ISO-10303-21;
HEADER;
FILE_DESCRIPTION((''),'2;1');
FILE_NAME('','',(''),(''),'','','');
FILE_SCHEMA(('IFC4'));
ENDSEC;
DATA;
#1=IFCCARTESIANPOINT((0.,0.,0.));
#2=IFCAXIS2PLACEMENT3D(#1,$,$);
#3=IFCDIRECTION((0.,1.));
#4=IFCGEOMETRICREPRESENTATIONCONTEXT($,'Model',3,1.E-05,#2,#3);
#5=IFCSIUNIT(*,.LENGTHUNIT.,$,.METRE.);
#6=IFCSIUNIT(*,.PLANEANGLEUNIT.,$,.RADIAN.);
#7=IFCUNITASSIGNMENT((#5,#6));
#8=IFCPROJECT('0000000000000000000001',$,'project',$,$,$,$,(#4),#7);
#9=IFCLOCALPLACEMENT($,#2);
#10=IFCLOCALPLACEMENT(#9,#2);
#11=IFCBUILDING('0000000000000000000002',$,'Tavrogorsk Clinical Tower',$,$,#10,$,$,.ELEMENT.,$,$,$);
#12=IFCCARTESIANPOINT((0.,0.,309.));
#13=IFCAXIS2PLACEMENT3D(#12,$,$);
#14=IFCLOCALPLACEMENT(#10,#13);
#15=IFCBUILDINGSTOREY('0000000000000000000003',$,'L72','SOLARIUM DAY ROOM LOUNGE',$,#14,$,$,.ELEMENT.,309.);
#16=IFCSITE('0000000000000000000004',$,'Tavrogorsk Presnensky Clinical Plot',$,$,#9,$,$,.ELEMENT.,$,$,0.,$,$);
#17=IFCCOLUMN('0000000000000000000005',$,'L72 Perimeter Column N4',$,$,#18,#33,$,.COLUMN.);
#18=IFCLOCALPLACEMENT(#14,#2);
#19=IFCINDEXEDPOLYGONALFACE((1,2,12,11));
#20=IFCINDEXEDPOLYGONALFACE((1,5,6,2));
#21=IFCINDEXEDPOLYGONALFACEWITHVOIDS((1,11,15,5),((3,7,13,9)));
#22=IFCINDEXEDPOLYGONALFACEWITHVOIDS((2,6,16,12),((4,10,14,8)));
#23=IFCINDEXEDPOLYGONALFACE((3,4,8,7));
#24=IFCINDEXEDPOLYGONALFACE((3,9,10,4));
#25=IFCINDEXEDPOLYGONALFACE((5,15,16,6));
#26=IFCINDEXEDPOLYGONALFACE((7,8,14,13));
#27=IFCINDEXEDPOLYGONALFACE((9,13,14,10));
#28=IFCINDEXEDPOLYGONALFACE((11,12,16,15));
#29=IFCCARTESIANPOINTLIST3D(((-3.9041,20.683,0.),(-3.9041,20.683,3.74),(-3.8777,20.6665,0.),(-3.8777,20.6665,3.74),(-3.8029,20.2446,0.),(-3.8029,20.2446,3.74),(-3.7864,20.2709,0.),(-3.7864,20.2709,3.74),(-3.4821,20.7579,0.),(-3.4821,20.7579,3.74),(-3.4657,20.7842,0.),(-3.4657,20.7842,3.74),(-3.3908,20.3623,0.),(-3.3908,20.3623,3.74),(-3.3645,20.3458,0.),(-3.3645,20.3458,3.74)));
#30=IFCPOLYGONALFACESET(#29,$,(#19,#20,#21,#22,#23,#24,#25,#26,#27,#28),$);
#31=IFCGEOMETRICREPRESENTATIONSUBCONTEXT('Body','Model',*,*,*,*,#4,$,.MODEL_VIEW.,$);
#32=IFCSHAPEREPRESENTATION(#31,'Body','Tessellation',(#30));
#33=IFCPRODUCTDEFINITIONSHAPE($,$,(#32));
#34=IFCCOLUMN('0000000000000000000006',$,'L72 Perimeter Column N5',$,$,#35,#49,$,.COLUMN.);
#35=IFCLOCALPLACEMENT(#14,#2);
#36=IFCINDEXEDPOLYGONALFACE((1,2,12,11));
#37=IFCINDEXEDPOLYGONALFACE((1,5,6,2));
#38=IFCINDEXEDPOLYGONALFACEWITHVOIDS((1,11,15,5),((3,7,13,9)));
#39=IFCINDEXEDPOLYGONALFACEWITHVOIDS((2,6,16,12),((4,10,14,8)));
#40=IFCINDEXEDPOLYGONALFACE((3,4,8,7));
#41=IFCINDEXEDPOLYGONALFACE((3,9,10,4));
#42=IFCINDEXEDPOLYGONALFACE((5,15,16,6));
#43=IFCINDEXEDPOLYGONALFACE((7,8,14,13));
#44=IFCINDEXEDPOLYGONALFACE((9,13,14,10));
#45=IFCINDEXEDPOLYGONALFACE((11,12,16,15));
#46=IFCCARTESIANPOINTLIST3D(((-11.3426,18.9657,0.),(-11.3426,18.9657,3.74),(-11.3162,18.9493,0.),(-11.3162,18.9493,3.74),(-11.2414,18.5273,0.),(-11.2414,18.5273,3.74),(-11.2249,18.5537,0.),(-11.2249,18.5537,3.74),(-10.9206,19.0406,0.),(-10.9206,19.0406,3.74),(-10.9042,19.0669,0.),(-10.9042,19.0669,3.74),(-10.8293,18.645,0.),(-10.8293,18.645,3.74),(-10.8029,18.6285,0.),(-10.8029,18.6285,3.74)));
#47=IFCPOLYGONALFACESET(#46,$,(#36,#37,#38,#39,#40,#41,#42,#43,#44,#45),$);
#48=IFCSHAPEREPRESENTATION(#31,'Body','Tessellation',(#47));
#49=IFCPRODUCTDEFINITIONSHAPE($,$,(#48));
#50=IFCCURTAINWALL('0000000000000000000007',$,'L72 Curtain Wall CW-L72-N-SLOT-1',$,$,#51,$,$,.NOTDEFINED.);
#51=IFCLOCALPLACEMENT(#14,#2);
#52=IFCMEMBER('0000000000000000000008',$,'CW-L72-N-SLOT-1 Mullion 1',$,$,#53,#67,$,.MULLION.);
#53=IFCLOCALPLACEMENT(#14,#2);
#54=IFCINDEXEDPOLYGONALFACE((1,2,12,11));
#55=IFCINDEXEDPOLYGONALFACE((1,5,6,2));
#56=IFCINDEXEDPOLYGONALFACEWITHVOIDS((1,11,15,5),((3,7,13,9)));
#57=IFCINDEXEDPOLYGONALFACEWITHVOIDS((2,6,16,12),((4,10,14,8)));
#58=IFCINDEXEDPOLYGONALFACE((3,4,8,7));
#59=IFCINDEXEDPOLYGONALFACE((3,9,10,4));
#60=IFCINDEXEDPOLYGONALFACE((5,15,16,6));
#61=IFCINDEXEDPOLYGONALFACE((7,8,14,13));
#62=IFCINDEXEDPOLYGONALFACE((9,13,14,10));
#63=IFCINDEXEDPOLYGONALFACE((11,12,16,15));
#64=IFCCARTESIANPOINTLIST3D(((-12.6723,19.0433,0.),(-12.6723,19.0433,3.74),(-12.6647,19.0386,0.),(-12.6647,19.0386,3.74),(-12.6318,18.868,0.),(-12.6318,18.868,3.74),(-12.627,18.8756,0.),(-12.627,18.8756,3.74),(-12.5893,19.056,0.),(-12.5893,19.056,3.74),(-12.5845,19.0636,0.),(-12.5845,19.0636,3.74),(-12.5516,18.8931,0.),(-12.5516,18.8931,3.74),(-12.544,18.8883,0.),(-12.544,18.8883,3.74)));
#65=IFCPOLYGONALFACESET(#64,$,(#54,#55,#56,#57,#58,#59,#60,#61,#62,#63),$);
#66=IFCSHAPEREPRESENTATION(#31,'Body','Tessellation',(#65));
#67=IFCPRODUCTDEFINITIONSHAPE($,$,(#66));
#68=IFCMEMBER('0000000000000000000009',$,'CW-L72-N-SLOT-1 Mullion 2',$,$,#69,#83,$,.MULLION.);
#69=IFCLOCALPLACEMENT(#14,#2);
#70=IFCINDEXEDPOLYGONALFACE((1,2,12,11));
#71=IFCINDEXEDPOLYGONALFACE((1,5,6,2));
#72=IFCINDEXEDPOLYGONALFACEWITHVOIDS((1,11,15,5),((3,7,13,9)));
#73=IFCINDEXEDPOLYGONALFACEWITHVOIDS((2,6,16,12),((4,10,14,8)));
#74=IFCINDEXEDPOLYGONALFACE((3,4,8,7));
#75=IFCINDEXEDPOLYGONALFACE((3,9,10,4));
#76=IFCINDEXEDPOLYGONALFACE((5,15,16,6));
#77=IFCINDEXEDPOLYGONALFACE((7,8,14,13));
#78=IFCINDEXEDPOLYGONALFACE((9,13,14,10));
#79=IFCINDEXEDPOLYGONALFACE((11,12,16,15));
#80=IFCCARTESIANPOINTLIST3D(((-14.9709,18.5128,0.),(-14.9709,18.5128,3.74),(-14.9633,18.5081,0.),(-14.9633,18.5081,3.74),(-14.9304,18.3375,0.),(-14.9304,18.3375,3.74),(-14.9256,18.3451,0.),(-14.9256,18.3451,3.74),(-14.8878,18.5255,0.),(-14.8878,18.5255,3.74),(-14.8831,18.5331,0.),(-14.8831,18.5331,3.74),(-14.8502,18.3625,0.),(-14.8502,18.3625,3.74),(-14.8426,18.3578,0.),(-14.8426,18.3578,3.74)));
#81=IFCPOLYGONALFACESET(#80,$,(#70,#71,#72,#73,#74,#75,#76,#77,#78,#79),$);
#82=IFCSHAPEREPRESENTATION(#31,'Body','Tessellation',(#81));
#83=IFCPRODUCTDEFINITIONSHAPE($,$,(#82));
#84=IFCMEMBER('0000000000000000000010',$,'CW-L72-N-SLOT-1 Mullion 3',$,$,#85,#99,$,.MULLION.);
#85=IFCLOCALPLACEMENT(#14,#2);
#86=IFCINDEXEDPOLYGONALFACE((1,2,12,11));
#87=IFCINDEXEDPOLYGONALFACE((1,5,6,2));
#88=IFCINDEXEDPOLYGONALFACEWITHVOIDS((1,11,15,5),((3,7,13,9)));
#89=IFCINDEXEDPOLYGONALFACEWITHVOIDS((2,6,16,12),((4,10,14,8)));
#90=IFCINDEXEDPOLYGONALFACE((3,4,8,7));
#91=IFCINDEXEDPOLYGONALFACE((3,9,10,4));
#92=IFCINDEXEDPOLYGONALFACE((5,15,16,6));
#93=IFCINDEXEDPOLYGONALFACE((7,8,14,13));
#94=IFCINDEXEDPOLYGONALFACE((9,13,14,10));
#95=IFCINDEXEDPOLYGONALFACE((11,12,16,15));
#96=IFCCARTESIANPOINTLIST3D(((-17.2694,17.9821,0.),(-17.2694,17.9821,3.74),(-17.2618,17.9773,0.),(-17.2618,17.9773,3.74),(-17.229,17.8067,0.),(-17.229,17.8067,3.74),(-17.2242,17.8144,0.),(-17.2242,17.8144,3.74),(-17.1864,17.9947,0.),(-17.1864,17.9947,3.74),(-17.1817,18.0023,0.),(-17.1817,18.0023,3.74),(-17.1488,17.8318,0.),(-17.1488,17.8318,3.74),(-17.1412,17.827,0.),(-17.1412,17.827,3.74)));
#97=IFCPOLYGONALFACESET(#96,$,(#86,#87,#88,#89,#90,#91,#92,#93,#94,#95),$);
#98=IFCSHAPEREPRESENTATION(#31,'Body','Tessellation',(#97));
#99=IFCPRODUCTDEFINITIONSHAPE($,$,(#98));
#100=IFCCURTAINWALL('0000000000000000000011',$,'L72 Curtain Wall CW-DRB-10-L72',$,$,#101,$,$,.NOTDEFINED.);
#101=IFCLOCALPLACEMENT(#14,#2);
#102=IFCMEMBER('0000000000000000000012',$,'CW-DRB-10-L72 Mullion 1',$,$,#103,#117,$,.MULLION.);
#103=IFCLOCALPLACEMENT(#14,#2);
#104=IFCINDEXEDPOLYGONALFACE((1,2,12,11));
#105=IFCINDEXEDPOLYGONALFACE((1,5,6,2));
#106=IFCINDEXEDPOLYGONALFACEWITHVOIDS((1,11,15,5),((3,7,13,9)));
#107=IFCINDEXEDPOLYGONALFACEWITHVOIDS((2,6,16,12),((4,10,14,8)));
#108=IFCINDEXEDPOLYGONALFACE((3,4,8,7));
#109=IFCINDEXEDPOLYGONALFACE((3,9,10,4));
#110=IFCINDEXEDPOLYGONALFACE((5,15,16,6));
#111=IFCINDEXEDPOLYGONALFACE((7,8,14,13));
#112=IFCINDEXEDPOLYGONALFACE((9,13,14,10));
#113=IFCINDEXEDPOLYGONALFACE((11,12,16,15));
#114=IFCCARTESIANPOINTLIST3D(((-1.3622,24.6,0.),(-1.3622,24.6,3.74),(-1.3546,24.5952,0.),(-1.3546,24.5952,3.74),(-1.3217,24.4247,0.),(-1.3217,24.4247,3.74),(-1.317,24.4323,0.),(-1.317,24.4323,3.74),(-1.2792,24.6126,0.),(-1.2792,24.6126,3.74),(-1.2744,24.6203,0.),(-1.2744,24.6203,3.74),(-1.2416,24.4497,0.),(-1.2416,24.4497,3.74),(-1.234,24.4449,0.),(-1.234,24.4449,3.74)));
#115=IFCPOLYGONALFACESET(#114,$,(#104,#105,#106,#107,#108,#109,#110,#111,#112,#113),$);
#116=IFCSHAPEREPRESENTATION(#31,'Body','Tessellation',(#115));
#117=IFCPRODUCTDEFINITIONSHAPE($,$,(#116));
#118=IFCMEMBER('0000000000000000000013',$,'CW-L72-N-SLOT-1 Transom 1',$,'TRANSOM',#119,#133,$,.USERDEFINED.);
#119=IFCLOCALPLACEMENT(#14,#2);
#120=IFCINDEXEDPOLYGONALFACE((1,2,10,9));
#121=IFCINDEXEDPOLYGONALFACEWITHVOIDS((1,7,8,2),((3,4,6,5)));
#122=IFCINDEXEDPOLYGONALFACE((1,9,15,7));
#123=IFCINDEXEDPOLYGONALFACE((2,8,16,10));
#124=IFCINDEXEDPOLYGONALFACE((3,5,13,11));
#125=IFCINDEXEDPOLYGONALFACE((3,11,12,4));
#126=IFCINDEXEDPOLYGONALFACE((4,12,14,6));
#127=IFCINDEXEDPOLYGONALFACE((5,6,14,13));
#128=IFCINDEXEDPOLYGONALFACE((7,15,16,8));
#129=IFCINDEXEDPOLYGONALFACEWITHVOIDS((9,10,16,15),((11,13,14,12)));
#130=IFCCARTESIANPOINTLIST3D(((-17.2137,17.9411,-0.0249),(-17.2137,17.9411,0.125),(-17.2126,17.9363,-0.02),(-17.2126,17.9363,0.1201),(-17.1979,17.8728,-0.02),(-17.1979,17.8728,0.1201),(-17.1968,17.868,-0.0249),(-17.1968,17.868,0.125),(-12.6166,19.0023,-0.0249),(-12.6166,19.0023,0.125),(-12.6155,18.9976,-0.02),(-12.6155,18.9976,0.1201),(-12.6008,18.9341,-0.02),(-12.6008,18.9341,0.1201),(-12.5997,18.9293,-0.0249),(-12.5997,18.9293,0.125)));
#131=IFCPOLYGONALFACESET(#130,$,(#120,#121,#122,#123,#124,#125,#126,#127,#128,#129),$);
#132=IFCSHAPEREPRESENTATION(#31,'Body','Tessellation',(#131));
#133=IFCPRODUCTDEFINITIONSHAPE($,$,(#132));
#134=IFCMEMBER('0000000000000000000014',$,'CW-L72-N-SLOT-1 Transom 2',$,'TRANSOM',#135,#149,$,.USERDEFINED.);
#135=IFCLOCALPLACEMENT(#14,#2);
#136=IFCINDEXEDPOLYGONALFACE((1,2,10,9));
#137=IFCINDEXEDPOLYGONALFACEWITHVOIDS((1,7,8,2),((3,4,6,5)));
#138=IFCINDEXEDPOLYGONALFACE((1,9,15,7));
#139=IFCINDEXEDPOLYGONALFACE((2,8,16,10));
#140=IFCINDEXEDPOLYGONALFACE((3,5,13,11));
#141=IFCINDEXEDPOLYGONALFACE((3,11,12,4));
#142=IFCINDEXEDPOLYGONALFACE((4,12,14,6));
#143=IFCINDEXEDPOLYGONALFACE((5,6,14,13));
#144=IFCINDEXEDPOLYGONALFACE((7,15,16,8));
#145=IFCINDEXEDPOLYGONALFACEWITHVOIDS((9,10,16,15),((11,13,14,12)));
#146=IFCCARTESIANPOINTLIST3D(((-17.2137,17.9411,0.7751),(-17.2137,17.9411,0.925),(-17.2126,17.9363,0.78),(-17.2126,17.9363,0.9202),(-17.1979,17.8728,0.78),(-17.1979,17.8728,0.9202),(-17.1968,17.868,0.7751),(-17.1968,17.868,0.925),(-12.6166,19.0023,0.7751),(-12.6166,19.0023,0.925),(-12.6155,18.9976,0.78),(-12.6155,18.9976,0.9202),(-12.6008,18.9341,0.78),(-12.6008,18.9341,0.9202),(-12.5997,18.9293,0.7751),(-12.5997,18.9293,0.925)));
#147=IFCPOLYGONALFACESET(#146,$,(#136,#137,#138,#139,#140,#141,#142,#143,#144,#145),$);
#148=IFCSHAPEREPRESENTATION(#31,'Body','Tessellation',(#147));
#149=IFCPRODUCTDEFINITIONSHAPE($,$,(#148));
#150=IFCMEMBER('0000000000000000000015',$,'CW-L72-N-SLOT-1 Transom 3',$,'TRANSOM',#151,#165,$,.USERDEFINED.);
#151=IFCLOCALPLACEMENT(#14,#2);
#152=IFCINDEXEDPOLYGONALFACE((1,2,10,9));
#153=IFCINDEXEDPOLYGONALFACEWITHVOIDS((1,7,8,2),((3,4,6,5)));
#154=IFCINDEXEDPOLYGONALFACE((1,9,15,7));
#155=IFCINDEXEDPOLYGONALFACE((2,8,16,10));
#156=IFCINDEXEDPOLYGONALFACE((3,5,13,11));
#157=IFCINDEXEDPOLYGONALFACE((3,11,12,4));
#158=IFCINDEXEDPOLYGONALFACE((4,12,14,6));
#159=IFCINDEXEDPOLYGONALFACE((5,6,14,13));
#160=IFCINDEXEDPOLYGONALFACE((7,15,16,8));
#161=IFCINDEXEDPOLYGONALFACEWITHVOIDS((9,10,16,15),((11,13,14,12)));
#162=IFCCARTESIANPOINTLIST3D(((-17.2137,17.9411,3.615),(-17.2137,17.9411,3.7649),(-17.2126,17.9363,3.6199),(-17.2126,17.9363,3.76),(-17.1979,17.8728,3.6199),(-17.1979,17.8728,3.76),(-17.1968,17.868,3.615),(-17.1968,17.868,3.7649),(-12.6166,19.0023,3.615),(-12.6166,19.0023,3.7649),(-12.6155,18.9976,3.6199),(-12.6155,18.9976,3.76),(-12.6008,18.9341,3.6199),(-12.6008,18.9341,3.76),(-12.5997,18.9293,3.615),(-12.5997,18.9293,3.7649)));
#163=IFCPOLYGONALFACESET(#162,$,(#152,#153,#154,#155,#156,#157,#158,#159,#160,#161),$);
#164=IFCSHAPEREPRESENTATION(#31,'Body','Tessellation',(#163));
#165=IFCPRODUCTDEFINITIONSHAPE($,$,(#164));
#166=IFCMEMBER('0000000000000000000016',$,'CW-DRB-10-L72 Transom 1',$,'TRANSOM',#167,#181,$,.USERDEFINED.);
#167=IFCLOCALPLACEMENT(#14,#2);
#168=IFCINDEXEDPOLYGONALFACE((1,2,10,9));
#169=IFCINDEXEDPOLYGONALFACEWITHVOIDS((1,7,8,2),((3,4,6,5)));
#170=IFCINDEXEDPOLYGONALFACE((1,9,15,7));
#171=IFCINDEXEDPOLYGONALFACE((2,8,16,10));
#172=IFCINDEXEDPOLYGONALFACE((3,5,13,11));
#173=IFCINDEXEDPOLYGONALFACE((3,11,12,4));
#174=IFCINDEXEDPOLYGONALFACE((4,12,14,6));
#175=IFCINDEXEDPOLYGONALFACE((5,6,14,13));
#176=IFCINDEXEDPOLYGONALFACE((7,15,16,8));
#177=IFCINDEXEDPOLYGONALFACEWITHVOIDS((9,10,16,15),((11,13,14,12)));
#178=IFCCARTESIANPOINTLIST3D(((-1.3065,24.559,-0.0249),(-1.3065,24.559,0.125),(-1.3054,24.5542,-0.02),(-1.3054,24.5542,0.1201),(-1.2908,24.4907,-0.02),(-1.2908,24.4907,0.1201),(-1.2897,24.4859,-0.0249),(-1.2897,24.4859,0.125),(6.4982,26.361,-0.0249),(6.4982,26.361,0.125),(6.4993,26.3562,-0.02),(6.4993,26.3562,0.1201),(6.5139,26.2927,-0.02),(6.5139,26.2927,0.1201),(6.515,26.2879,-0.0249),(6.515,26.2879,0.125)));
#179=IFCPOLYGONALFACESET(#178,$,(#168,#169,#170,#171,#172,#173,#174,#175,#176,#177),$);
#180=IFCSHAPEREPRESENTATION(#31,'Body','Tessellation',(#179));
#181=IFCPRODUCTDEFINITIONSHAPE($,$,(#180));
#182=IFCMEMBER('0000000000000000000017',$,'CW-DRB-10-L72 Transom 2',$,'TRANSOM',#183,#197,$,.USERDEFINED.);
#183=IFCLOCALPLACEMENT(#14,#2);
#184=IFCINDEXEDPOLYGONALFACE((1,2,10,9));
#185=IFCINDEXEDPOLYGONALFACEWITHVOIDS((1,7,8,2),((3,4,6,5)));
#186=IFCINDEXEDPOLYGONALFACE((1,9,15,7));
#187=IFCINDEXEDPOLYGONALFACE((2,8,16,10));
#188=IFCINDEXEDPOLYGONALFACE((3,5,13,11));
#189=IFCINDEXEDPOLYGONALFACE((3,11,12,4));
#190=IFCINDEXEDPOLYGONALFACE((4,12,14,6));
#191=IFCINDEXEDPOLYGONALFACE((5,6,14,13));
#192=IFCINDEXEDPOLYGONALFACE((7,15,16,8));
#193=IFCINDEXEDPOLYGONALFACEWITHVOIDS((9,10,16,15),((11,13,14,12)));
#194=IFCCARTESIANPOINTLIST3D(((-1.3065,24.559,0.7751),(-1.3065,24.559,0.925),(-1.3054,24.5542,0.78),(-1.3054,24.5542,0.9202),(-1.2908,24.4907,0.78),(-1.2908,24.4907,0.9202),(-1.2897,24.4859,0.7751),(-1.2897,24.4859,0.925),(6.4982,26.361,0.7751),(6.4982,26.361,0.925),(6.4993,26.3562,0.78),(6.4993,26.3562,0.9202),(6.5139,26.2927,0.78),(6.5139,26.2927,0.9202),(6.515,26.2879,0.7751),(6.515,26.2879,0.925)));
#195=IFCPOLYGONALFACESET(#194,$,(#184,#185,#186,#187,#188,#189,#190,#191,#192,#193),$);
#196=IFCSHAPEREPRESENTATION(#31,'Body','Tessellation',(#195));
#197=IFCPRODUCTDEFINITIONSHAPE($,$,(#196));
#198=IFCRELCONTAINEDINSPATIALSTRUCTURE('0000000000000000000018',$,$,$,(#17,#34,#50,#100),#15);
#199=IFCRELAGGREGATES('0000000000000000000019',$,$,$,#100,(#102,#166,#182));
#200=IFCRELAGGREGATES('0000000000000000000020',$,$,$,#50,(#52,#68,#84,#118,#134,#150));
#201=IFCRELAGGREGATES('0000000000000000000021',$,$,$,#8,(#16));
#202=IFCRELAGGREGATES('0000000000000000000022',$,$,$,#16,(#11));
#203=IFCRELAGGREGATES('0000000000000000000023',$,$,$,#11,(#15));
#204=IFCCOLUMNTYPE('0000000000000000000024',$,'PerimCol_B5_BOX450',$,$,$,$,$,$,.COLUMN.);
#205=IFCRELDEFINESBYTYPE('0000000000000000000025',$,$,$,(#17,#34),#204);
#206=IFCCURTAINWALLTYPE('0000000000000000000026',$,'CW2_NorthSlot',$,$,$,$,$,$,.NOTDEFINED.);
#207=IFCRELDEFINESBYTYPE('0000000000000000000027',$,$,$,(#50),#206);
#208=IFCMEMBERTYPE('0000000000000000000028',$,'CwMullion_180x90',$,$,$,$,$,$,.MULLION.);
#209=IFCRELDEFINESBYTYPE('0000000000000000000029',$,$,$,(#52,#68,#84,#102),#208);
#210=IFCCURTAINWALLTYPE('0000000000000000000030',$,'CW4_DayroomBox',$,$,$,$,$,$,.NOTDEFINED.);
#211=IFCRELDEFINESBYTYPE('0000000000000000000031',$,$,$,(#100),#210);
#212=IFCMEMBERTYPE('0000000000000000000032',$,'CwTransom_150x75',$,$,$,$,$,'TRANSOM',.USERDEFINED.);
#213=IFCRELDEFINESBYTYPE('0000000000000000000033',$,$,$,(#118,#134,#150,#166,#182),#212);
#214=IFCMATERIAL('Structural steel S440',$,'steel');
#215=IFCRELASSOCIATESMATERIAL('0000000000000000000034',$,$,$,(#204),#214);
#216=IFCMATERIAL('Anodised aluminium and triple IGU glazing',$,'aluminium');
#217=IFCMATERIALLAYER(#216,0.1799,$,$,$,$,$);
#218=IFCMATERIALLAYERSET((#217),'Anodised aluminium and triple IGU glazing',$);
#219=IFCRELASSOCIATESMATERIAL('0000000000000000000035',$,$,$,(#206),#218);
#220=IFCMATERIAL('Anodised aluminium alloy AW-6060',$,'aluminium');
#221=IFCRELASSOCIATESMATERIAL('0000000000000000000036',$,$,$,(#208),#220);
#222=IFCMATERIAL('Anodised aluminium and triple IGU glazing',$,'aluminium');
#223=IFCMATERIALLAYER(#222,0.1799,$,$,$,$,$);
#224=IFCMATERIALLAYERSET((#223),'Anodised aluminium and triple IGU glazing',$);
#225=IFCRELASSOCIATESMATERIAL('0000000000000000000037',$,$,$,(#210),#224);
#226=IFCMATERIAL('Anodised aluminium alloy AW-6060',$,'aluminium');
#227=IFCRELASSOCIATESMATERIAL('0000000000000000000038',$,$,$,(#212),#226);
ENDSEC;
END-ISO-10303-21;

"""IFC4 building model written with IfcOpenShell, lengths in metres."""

from ifc_helpers import new_model, si_unit, direction, frame, origin, origin_2d, place, context, subcontext, project, spatial, hollow_rectangle, extrude, material, layer, layer_set, material_profile, profile_set, type_object, element, aggregate, save


model = new_model("IFC4")

# Units and contexts
model_context = context("Model", 3, precision=1e-05, world=origin(), true_north=direction((0.0, 1.0)))
body_context = subcontext(model_context, "Body", "Model", "MODEL_VIEW")
ifc_project = project(units=[si_unit("LENGTHUNIT", "METRE"), si_unit("PLANEANGLEUNIT", "RADIAN")], contexts=[model_context])

# Site, building, storey
site_placement = place(None, origin())
site = spatial("IfcSite", under=ifc_project, at=site_placement, Name="Tavrogorsk Presnensky Clinical Plot", CompositionType="ELEMENT", RefElevation=0.0)
building_placement = place(site_placement, origin())
building = spatial("IfcBuilding", under=site, at=building_placement, Name="Tavrogorsk Clinical Tower", CompositionType="ELEMENT")
storey_placement = place(building_placement, frame((0.0, 0.0, 309.0)))
storey = spatial("IfcBuildingStorey", under=building, at=storey_placement, Name="L72", Description="SOLARIUM DAY ROOM LOUNGE", CompositionType="ELEMENT", Elevation=309.0)

# Columns
ifc_material_1 = material(Name="Structural steel S440", Category="steel")
ifc_material_profile_1 = material_profile(ifc_material_1, hollow_rectangle(XDim=0.45, YDim=0.45, WallThickness=0.022, at=origin_2d()), Name="BOX-450x450x22")
ifc_profile_set_1 = profile_set([ifc_material_profile_1], Name="Structural steel S440")
column_type = type_object("IfcColumnType", Name="PerimCol_B5_BOX450", PredefinedType="COLUMN", material=ifc_profile_set_1)
for number, where, z_axis, x_axis, name in (
    (1, (-3.6343, 20.5144, 0.0), (0.0, 0.0, 1.0), (0.97437, 0.224951, 0.0), "L72 Perimeter Column N4"),
    (2, (-11.0728, 18.7971, 0.0), (0.0, 0.0, 1.0), (0.97437, 0.224951, 0.0), "L72 Perimeter Column N5"),
):
    element("IfcColumn", number, at=place(storey_placement, frame(where, z_axis=z_axis, x_axis=x_axis)), inside=storey, type_object=column_type, Name=name, PredefinedType="COLUMN", context=body_context, shape_type="SweptSolid", body=[
        extrude(hollow_rectangle(XDim=0.45, YDim=0.45, WallThickness=0.022, at=origin_2d()), origin(), (0.0, 0.0, 1.0), 3.74),
    ])

# Curtain wall, members
ifc_material_2 = material(Name="Anodised aluminium and triple IGU glazing", Category="aluminium")
ifc_layer_1 = layer(ifc_material_2, 0.1799)
ifc_layer_set_1 = layer_set([ifc_layer_1], Name="Anodised aluminium and triple IGU glazing")
curtain_wall_type_1 = type_object("IfcCurtainWallType", Name="CW2_NorthSlot", PredefinedType="NOTDEFINED", material=ifc_layer_set_1)
curtain_wall_1_placement = place(storey_placement, origin())
curtain_wall_1 = element("IfcCurtainWall", 3, at=curtain_wall_1_placement, inside=storey, type_object=curtain_wall_type_1, Name="L72 Curtain Wall CW-L72-N-SLOT-1", PredefinedType="NOTDEFINED")
ifc_material_3 = material(Name="Anodised aluminium alloy AW-6060", Category="aluminium")
ifc_material_profile_2 = material_profile(ifc_material_3, hollow_rectangle(XDim=0.0901, YDim=0.1799, WallThickness=0.0063, at=origin_2d()), Name="RHS-180x90x6.3")
ifc_profile_set_2 = profile_set([ifc_material_profile_2], Name="Anodised aluminium alloy AW-6060")
member_type_1 = type_object("IfcMemberType", Name="CwMullion_180x90", PredefinedType="MULLION", material=ifc_profile_set_2)
member_1_placement = place(storey_placement, frame((-12.6082, 18.9658, 0.0), z_axis=(0.0, 0.0, 1.0), x_axis=(-0.97437, -0.224951, 0.0)))
member_1 = element("IfcMember", 4, at=member_1_placement, type_object=member_type_1, Name="CW-L72-N-SLOT-1 Mullion 1", PredefinedType="MULLION", context=body_context, shape_type="SweptSolid", body=[
    extrude(hollow_rectangle(XDim=0.0901, YDim=0.1799, WallThickness=0.0063, at=origin_2d()), origin(), (0.0, 0.0, 1.0), 3.74),
])
member_2_placement = place(storey_placement, frame((-14.9067, 18.4353, 0.0), z_axis=(0.0, 0.0, 1.0), x_axis=(-0.97437, -0.224951, 0.0)))
member_2 = element("IfcMember", 5, at=member_2_placement, type_object=member_type_1, Name="CW-L72-N-SLOT-1 Mullion 2", PredefinedType="MULLION", context=body_context, shape_type="SweptSolid", body=[
    extrude(hollow_rectangle(XDim=0.0901, YDim=0.1799, WallThickness=0.0063, at=origin_2d()), origin(), (0.0, 0.0, 1.0), 3.74),
])
member_3_placement = place(storey_placement, frame((-17.2053, 17.9045, 0.0), z_axis=(0.0, 0.0, 1.0), x_axis=(-0.97437, -0.224951, 0.0)))
member_3 = element("IfcMember", 6, at=member_3_placement, type_object=member_type_1, Name="CW-L72-N-SLOT-1 Mullion 3", PredefinedType="MULLION", context=body_context, shape_type="SweptSolid", body=[
    extrude(hollow_rectangle(XDim=0.0901, YDim=0.1799, WallThickness=0.0063, at=origin_2d()), origin(), (0.0, 0.0, 1.0), 3.74),
])

# Curtain wall, member
ifc_material_4 = material(Name="Anodised aluminium and triple IGU glazing", Category="aluminium")
ifc_layer_2 = layer(ifc_material_4, 0.1799)
ifc_layer_set_2 = layer_set([ifc_layer_2], Name="Anodised aluminium and triple IGU glazing")
curtain_wall_type_2 = type_object("IfcCurtainWallType", Name="CW4_DayroomBox", PredefinedType="NOTDEFINED", material=ifc_layer_set_2)
curtain_wall_2_placement = place(storey_placement, origin())
curtain_wall_2 = element("IfcCurtainWall", 7, at=curtain_wall_2_placement, inside=storey, type_object=curtain_wall_type_2, Name="L72 Curtain Wall CW-DRB-10-L72", PredefinedType="NOTDEFINED")
member_4_placement = place(storey_placement, frame((-1.2981, 24.5225, 0.0), z_axis=(0.0, 0.0, 1.0), x_axis=(0.97437, 0.224951, 0.0)))
member_4 = element("IfcMember", 8, at=member_4_placement, type_object=member_type_1, Name="CW-DRB-10-L72 Mullion 1", PredefinedType="MULLION", context=body_context, shape_type="SweptSolid", body=[
    extrude(hollow_rectangle(XDim=0.0901, YDim=0.1799, WallThickness=0.0063, at=origin_2d()), origin(), (0.0, 0.0, 1.0), 3.74),
])

# Members
ifc_material_5 = material(Name="Anodised aluminium alloy AW-6060", Category="aluminium")
ifc_material_profile_3 = material_profile(ifc_material_5, hollow_rectangle(XDim=0.075, YDim=0.1499, WallThickness=0.0049, at=origin_2d()), Name="RHS-150x75x5")
ifc_profile_set_3 = profile_set([ifc_material_profile_3], Name="Anodised aluminium alloy AW-6060")
member_type_2 = type_object("IfcMemberType", Name="CwTransom_150x75", ElementType="TRANSOM", PredefinedType="USERDEFINED", material=ifc_profile_set_3)
member_5_placement = place(storey_placement, frame((-12.6082, 18.9658, 0.05), z_axis=(-0.974373, -0.224939, 0.0), x_axis=(0.224939, -0.974373, 0.0)))
member_5 = element("IfcMember", 9, at=member_5_placement, type_object=member_type_2, Name="CW-L72-N-SLOT-1 Transom 1", ObjectType="TRANSOM", PredefinedType="USERDEFINED", context=body_context, shape_type="SweptSolid", body=[
    extrude(hollow_rectangle(XDim=0.075, YDim=0.1499, WallThickness=0.0049, at=origin_2d()), origin(), (0.0, 0.0, 1.0), 4.718),
])
member_6_placement = place(storey_placement, frame((-12.6082, 18.9658, 0.8501), z_axis=(-0.974373, -0.224939, 0.0), x_axis=(0.224939, -0.974373, 0.0)))
member_6 = element("IfcMember", 10, at=member_6_placement, type_object=member_type_2, Name="CW-L72-N-SLOT-1 Transom 2", ObjectType="TRANSOM", PredefinedType="USERDEFINED", context=body_context, shape_type="SweptSolid", body=[
    extrude(hollow_rectangle(XDim=0.075, YDim=0.1499, WallThickness=0.0049, at=origin_2d()), origin(), (0.0, 0.0, 1.0), 4.718),
])
member_7_placement = place(storey_placement, frame((-12.6082, 18.9658, 3.6899), z_axis=(-0.974373, -0.224939, 0.0), x_axis=(0.224939, -0.974373, 0.0)))
member_7 = element("IfcMember", 11, at=member_7_placement, type_object=member_type_2, Name="CW-L72-N-SLOT-1 Transom 3", ObjectType="TRANSOM", PredefinedType="USERDEFINED", context=body_context, shape_type="SweptSolid", body=[
    extrude(hollow_rectangle(XDim=0.075, YDim=0.1499, WallThickness=0.0049, at=origin_2d()), origin(), (0.0, 0.0, 1.0), 4.718),
])
member_8_placement = place(storey_placement, frame((-1.2981, 24.5225, 0.05), z_axis=(0.974366, 0.224969, 0.0), x_axis=(-0.224969, 0.974366, 0.0)))
member_8 = element("IfcMember", 12, at=member_8_placement, type_object=member_type_2, Name="CW-DRB-10-L72 Transom 1", ObjectType="TRANSOM", PredefinedType="USERDEFINED", context=body_context, shape_type="SweptSolid", body=[
    extrude(hollow_rectangle(XDim=0.075, YDim=0.1499, WallThickness=0.0049, at=origin_2d()), origin(), (0.0, 0.0, 1.0), 8.01),
])
member_9_placement = place(storey_placement, frame((-1.2981, 24.5225, 0.8501), z_axis=(0.974366, 0.224969, 0.0), x_axis=(-0.224969, 0.974366, 0.0)))
member_9 = element("IfcMember", 13, at=member_9_placement, type_object=member_type_2, Name="CW-DRB-10-L72 Transom 2", ObjectType="TRANSOM", PredefinedType="USERDEFINED", context=body_context, shape_type="SweptSolid", body=[
    extrude(hollow_rectangle(XDim=0.075, YDim=0.1499, WallThickness=0.0049, at=origin_2d()), origin(), (0.0, 0.0, 1.0), 8.01),
])
aggregate(curtain_wall_2, [member_4, member_8, member_9])

aggregate(curtain_wall_1, [member_1, member_2, member_3, member_5, member_6, member_7])

save(model, "model.ifc")
